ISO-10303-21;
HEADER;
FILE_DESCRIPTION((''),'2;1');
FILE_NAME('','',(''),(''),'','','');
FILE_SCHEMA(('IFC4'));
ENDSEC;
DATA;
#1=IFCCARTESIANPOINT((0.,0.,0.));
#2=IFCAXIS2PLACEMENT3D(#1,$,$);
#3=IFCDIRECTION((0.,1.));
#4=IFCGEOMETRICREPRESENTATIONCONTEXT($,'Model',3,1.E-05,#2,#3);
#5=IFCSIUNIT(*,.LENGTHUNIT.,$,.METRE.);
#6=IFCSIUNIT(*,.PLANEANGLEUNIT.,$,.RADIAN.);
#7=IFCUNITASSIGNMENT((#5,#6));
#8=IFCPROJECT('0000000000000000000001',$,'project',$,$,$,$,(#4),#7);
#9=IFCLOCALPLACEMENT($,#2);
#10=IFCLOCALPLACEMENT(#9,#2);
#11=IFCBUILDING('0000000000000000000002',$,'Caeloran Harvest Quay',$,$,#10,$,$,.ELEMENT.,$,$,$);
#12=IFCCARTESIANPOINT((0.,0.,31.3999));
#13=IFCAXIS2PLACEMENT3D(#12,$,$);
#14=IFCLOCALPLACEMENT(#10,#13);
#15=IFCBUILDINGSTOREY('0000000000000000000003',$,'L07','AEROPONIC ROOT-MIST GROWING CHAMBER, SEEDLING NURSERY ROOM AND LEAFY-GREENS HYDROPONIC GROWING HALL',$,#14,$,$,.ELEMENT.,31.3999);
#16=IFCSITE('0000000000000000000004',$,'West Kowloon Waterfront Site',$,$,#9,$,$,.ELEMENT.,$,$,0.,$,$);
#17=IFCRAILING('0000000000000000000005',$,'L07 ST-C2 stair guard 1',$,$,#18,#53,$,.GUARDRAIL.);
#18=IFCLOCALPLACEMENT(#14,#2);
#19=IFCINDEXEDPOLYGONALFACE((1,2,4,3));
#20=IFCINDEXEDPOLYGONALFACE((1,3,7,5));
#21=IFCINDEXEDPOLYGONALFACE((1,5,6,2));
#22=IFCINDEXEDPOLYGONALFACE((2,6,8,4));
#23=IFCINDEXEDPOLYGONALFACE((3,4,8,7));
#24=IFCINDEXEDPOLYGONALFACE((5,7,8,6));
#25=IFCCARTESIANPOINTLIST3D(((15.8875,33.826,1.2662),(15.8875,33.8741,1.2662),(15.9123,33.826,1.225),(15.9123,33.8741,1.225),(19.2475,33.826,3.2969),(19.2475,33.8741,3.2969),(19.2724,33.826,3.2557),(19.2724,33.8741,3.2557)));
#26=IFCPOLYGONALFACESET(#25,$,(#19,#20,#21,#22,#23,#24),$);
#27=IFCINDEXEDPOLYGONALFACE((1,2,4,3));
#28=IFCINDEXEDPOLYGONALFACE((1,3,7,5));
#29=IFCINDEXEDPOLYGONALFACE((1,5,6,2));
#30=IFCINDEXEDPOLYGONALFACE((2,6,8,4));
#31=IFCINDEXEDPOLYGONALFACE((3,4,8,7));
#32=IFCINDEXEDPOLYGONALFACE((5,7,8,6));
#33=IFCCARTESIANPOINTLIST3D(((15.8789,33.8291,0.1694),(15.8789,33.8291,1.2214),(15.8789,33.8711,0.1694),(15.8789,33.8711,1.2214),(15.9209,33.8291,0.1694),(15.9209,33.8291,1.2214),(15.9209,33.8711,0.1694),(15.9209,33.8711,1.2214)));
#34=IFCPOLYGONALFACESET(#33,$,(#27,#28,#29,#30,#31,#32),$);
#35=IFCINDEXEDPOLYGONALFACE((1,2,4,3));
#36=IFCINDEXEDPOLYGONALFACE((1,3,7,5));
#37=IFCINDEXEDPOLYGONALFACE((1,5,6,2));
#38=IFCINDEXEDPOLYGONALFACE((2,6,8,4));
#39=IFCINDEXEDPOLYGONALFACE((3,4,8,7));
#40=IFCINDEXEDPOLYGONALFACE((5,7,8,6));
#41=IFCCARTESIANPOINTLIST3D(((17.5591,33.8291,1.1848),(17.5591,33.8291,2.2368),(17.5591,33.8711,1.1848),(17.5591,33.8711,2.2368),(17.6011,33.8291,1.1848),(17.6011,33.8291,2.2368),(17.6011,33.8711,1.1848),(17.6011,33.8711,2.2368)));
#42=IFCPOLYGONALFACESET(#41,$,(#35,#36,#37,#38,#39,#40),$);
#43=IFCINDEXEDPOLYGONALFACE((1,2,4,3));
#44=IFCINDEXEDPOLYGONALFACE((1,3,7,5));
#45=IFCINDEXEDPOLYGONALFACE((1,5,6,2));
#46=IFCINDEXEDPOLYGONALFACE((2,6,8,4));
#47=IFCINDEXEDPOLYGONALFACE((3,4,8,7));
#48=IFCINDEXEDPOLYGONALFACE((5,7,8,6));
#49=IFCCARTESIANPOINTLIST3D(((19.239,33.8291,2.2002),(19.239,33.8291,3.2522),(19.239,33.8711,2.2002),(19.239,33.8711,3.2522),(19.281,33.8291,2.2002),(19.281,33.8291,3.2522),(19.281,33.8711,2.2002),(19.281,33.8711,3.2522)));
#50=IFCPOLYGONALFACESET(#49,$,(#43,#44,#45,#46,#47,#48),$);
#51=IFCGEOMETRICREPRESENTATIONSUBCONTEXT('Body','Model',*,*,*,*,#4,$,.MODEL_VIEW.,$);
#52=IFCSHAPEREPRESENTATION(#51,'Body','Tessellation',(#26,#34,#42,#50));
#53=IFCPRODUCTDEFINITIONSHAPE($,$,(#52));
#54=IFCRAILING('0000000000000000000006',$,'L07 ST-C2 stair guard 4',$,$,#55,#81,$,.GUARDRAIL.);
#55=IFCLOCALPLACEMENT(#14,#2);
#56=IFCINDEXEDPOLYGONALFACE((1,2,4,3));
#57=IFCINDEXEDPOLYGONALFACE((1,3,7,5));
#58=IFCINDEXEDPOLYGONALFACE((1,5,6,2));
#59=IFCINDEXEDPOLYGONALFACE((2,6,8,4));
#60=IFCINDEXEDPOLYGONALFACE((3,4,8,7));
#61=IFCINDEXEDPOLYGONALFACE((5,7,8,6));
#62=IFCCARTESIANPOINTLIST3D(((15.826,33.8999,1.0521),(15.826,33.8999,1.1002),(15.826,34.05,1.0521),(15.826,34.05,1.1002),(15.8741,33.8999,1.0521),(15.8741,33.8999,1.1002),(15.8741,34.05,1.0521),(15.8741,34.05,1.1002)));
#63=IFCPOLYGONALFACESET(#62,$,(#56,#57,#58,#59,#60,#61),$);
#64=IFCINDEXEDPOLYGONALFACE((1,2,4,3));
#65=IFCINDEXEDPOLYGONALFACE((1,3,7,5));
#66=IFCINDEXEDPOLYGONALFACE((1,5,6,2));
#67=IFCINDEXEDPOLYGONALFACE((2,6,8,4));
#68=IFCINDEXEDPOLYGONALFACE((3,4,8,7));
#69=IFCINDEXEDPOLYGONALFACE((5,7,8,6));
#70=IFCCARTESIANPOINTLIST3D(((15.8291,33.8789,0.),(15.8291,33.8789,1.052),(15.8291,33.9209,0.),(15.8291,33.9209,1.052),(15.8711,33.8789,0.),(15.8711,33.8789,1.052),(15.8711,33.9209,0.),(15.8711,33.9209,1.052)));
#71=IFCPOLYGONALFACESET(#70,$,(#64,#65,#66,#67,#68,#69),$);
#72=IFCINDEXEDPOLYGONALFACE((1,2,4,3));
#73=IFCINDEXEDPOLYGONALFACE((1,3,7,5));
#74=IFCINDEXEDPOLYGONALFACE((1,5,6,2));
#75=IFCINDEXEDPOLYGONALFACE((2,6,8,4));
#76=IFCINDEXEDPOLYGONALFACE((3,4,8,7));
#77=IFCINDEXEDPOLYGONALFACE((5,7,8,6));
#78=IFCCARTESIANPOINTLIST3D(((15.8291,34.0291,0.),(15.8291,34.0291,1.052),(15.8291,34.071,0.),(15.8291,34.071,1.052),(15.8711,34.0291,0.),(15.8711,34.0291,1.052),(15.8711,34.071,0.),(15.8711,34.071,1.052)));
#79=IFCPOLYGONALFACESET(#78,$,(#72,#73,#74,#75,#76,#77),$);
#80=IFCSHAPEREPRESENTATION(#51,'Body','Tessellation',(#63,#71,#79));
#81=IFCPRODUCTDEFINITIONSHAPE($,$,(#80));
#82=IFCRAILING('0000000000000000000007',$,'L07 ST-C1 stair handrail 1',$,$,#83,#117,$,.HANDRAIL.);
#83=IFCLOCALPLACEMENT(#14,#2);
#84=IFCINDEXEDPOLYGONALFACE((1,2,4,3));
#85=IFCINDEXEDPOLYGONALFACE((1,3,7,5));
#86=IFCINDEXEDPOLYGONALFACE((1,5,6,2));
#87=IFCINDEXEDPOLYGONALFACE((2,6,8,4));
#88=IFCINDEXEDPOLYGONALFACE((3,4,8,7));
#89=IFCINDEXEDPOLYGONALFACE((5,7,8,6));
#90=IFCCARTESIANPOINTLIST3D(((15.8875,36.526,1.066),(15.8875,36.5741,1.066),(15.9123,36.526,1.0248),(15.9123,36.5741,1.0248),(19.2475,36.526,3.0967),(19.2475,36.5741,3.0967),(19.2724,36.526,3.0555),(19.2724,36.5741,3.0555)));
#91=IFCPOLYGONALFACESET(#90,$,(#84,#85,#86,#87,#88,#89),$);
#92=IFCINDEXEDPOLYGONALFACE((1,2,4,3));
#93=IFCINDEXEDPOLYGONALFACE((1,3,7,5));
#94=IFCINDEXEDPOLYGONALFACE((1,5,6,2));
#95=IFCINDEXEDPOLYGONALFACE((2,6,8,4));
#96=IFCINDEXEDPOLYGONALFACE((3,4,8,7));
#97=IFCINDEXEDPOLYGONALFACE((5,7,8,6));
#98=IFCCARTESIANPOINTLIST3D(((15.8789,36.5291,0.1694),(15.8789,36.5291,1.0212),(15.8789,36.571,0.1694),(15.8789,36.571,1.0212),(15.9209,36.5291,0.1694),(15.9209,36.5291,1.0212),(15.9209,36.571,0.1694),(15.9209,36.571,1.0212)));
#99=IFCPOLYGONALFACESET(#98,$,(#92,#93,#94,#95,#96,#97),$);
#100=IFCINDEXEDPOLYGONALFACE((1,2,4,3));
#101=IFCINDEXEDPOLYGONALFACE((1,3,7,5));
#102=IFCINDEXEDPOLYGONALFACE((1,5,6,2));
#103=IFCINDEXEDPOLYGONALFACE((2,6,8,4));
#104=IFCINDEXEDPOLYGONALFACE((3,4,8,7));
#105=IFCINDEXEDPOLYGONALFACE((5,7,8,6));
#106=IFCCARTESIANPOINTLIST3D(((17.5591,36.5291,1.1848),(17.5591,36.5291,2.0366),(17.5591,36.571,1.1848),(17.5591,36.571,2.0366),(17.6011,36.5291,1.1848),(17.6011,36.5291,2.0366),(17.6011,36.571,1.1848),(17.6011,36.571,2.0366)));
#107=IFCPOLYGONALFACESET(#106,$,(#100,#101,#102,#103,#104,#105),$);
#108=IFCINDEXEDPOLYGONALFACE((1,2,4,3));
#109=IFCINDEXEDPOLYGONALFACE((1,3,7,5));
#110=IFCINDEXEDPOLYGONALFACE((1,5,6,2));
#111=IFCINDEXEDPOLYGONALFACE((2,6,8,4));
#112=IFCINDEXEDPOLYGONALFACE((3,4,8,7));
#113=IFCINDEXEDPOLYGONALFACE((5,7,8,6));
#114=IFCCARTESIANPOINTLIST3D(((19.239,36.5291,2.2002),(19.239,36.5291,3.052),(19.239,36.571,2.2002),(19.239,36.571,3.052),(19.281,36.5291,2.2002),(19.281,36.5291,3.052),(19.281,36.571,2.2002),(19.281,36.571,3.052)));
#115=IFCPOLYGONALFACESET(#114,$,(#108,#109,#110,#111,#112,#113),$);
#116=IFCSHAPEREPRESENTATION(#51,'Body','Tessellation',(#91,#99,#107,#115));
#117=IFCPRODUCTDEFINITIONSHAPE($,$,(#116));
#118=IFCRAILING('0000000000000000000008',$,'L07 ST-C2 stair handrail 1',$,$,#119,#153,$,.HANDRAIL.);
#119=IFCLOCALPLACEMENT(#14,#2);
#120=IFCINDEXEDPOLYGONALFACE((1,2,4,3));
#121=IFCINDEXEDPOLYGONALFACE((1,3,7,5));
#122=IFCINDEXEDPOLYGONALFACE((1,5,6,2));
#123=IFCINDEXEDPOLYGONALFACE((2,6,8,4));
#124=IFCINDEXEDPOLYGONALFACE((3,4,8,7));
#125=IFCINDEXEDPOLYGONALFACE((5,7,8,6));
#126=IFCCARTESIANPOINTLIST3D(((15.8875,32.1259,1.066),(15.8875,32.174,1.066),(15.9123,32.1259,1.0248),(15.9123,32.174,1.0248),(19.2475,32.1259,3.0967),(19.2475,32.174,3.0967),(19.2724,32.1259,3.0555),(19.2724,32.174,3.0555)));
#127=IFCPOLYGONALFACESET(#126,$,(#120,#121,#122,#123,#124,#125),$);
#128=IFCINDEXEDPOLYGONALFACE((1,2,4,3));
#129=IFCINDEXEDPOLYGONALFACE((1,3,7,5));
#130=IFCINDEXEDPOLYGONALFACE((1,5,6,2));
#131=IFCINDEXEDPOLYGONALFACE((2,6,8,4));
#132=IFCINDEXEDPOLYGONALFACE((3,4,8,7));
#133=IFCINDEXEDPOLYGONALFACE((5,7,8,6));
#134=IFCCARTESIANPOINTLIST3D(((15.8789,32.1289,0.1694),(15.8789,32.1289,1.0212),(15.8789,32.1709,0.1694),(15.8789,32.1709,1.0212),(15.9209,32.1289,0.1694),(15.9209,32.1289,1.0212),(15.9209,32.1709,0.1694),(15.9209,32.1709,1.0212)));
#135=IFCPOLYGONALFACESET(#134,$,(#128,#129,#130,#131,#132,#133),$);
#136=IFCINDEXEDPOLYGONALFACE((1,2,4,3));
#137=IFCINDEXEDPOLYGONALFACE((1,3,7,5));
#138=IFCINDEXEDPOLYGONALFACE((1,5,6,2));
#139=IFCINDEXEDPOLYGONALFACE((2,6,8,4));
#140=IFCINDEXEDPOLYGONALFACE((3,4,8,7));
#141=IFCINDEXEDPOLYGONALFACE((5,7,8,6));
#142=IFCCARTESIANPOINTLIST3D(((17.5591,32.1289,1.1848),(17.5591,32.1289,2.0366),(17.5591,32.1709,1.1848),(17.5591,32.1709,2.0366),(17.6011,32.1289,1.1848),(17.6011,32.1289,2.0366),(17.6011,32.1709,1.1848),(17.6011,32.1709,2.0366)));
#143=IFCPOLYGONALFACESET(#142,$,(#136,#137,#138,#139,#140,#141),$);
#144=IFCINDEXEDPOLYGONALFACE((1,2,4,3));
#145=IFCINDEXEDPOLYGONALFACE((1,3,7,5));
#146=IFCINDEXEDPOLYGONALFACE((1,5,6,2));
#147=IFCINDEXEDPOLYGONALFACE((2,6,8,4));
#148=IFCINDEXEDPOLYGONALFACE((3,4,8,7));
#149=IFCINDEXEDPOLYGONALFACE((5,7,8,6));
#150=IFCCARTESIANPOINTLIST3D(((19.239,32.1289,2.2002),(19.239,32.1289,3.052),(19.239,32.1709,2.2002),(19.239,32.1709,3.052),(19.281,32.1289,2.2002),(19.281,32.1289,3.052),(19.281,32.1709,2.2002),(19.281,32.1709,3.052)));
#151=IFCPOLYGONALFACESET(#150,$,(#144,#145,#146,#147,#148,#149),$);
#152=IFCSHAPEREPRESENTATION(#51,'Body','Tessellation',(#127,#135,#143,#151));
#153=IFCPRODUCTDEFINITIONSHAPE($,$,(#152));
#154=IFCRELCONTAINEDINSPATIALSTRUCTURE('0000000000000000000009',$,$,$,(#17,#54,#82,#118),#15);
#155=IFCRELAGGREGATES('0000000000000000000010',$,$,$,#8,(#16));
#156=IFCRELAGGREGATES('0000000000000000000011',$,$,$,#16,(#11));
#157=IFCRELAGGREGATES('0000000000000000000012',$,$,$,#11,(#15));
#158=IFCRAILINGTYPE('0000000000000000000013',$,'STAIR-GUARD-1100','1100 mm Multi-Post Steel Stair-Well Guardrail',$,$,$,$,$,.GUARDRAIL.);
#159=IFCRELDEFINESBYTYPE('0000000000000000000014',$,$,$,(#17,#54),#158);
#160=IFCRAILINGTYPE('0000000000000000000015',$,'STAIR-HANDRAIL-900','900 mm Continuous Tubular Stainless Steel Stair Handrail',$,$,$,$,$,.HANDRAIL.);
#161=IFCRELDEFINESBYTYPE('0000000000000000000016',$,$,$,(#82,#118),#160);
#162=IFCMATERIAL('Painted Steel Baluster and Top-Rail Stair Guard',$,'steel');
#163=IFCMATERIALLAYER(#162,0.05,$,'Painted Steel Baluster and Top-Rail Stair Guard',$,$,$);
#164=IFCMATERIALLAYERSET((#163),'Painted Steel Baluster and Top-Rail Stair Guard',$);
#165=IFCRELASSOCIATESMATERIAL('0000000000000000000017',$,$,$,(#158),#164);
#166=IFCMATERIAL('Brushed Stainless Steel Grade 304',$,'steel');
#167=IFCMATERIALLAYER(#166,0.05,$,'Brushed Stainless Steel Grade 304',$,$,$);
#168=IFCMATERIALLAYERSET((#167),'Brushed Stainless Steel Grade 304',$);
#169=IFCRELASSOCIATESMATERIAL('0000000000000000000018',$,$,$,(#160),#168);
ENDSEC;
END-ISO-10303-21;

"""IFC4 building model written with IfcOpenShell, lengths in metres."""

from ifc_helpers import new_model, si_unit, direction, frame, origin, origin_2d, place, context, subcontext, project, spatial, rectangle, extrude, material, layer, layer_set, type_object, element, save


model = new_model("IFC4")

# Units and contexts
model_context = context("Model", 3, precision=1e-05, world=origin(), true_north=direction((0.0, 1.0)))
body_context = subcontext(model_context, "Body", "Model", "MODEL_VIEW")
ifc_project = project(units=[si_unit("LENGTHUNIT", "METRE"), si_unit("PLANEANGLEUNIT", "RADIAN")], contexts=[model_context])

# Site, building, storey
site_placement = place(None, origin())
site = spatial("IfcSite", under=ifc_project, at=site_placement, Name="West Kowloon Waterfront Site", CompositionType="ELEMENT", RefElevation=0.0)
building_placement = place(site_placement, origin())
building = spatial("IfcBuilding", under=site, at=building_placement, Name="Caeloran Harvest Quay", CompositionType="ELEMENT")
storey_placement = place(building_placement, frame((0.0, 0.0, 31.3999)))
storey = spatial("IfcBuildingStorey", under=building, at=storey_placement, Name="L07", Description="AEROPONIC ROOT-MIST GROWING CHAMBER, SEEDLING NURSERY ROOM AND LEAFY-GREENS HYDROPONIC GROWING HALL", CompositionType="ELEMENT", Elevation=31.3999)

# Railings
ifc_material_1 = material(Name="Painted Steel Baluster and Top-Rail Stair Guard", Category="steel")
ifc_layer_1 = layer(ifc_material_1, 0.05, Name="Painted Steel Baluster and Top-Rail Stair Guard")
ifc_layer_set_1 = layer_set([ifc_layer_1], Name="Painted Steel Baluster and Top-Rail Stair Guard")
railing_type_1 = type_object("IfcRailingType", Name="STAIR-GUARD-1100", Description="1100 mm Multi-Post Steel Stair-Well Guardrail", PredefinedType="GUARDRAIL", material=ifc_layer_set_1)
railing_1_placement = place(storey_placement, frame((15.8999, 33.8501, 0.1694)))
element("IfcRailing", 1, at=railing_1_placement, inside=storey, type_object=railing_type_1, Name="L07 ST-C2 stair guard 1", PredefinedType="GUARDRAIL", context=body_context, shape_type="SweptSolid", body=[
    extrude(rectangle(XDim=0.0481, YDim=0.0481, at=origin_2d()), frame((0.0, 0.0, 1.0762), z_axis=(0.855837, 0.0, 0.517246), x_axis=(0.0, 1.0, 0.0)), (0.0, 0.0, 1.0), 3.926),
    extrude(rectangle(XDim=0.042, YDim=0.042, at=origin_2d()), origin(), (0.0, 0.0, 1.0), 1.052),
    extrude(rectangle(XDim=0.042, YDim=0.042, at=origin_2d()), frame((1.6802, 0.0, 1.0154)), (0.0, 0.0, 1.0), 1.052),
    extrude(rectangle(XDim=0.042, YDim=0.042, at=origin_2d()), frame((3.3601, 0.0, 2.0308)), (0.0, 0.0, 1.0), 1.052),
])
railing_2_placement = place(storey_placement, frame((15.8501, 33.8999, 0.0)))
element("IfcRailing", 2, at=railing_2_placement, inside=storey, type_object=railing_type_1, Name="L07 ST-C2 stair guard 4", PredefinedType="GUARDRAIL", context=body_context, shape_type="SweptSolid", body=[
    extrude(rectangle(XDim=0.0481, YDim=0.0481, at=origin_2d()), frame((0.0, 0.0, 1.0762), z_axis=(0.0, 1.0, 0.0), x_axis=(-1.0, 0.0, 0.0)), (0.0, 0.0, 1.0), 0.1501),
    extrude(rectangle(XDim=0.042, YDim=0.042, at=origin_2d()), origin(), (0.0, 0.0, 1.0), 1.052),
    extrude(rectangle(XDim=0.042, YDim=0.042, at=origin_2d()), frame((0.0, 0.1501, 0.0)), (0.0, 0.0, 1.0), 1.052),
])
ifc_material_2 = material(Name="Brushed Stainless Steel Grade 304", Category="steel")
ifc_layer_2 = layer(ifc_material_2, 0.05, Name="Brushed Stainless Steel Grade 304")
ifc_layer_set_2 = layer_set([ifc_layer_2], Name="Brushed Stainless Steel Grade 304")
railing_type_2 = type_object("IfcRailingType", Name="STAIR-HANDRAIL-900", Description="900 mm Continuous Tubular Stainless Steel Stair Handrail", PredefinedType="HANDRAIL", material=ifc_layer_set_2)
for number, where, name in (
    (3, (15.8999, 36.55, 0.1694), "L07 ST-C1 stair handrail 1"),
    (4, (15.8999, 32.1499, 0.1694), "L07 ST-C2 stair handrail 1"),
):
    element("IfcRailing", number, at=place(storey_placement, frame(where)), inside=storey, type_object=railing_type_2, Name=name, PredefinedType="HANDRAIL", context=body_context, shape_type="SweptSolid", body=[
        extrude(rectangle(XDim=0.0481, YDim=0.0481, at=origin_2d()), frame((0.0, 0.0, 0.876), z_axis=(0.855837, 0.0, 0.517246), x_axis=(0.0, 1.0, 0.0)), (0.0, 0.0, 1.0), 3.926),
        extrude(rectangle(XDim=0.042, YDim=0.042, at=origin_2d()), origin(), (0.0, 0.0, 1.0), 0.8518),
        extrude(rectangle(XDim=0.042, YDim=0.042, at=origin_2d()), frame((1.6802, 0.0, 1.0154)), (0.0, 0.0, 1.0), 0.8518),
        extrude(rectangle(XDim=0.042, YDim=0.042, at=origin_2d()), frame((3.3601, 0.0, 2.0308)), (0.0, 0.0, 1.0), 0.8518),
    ])

save(model, "model.ifc")
